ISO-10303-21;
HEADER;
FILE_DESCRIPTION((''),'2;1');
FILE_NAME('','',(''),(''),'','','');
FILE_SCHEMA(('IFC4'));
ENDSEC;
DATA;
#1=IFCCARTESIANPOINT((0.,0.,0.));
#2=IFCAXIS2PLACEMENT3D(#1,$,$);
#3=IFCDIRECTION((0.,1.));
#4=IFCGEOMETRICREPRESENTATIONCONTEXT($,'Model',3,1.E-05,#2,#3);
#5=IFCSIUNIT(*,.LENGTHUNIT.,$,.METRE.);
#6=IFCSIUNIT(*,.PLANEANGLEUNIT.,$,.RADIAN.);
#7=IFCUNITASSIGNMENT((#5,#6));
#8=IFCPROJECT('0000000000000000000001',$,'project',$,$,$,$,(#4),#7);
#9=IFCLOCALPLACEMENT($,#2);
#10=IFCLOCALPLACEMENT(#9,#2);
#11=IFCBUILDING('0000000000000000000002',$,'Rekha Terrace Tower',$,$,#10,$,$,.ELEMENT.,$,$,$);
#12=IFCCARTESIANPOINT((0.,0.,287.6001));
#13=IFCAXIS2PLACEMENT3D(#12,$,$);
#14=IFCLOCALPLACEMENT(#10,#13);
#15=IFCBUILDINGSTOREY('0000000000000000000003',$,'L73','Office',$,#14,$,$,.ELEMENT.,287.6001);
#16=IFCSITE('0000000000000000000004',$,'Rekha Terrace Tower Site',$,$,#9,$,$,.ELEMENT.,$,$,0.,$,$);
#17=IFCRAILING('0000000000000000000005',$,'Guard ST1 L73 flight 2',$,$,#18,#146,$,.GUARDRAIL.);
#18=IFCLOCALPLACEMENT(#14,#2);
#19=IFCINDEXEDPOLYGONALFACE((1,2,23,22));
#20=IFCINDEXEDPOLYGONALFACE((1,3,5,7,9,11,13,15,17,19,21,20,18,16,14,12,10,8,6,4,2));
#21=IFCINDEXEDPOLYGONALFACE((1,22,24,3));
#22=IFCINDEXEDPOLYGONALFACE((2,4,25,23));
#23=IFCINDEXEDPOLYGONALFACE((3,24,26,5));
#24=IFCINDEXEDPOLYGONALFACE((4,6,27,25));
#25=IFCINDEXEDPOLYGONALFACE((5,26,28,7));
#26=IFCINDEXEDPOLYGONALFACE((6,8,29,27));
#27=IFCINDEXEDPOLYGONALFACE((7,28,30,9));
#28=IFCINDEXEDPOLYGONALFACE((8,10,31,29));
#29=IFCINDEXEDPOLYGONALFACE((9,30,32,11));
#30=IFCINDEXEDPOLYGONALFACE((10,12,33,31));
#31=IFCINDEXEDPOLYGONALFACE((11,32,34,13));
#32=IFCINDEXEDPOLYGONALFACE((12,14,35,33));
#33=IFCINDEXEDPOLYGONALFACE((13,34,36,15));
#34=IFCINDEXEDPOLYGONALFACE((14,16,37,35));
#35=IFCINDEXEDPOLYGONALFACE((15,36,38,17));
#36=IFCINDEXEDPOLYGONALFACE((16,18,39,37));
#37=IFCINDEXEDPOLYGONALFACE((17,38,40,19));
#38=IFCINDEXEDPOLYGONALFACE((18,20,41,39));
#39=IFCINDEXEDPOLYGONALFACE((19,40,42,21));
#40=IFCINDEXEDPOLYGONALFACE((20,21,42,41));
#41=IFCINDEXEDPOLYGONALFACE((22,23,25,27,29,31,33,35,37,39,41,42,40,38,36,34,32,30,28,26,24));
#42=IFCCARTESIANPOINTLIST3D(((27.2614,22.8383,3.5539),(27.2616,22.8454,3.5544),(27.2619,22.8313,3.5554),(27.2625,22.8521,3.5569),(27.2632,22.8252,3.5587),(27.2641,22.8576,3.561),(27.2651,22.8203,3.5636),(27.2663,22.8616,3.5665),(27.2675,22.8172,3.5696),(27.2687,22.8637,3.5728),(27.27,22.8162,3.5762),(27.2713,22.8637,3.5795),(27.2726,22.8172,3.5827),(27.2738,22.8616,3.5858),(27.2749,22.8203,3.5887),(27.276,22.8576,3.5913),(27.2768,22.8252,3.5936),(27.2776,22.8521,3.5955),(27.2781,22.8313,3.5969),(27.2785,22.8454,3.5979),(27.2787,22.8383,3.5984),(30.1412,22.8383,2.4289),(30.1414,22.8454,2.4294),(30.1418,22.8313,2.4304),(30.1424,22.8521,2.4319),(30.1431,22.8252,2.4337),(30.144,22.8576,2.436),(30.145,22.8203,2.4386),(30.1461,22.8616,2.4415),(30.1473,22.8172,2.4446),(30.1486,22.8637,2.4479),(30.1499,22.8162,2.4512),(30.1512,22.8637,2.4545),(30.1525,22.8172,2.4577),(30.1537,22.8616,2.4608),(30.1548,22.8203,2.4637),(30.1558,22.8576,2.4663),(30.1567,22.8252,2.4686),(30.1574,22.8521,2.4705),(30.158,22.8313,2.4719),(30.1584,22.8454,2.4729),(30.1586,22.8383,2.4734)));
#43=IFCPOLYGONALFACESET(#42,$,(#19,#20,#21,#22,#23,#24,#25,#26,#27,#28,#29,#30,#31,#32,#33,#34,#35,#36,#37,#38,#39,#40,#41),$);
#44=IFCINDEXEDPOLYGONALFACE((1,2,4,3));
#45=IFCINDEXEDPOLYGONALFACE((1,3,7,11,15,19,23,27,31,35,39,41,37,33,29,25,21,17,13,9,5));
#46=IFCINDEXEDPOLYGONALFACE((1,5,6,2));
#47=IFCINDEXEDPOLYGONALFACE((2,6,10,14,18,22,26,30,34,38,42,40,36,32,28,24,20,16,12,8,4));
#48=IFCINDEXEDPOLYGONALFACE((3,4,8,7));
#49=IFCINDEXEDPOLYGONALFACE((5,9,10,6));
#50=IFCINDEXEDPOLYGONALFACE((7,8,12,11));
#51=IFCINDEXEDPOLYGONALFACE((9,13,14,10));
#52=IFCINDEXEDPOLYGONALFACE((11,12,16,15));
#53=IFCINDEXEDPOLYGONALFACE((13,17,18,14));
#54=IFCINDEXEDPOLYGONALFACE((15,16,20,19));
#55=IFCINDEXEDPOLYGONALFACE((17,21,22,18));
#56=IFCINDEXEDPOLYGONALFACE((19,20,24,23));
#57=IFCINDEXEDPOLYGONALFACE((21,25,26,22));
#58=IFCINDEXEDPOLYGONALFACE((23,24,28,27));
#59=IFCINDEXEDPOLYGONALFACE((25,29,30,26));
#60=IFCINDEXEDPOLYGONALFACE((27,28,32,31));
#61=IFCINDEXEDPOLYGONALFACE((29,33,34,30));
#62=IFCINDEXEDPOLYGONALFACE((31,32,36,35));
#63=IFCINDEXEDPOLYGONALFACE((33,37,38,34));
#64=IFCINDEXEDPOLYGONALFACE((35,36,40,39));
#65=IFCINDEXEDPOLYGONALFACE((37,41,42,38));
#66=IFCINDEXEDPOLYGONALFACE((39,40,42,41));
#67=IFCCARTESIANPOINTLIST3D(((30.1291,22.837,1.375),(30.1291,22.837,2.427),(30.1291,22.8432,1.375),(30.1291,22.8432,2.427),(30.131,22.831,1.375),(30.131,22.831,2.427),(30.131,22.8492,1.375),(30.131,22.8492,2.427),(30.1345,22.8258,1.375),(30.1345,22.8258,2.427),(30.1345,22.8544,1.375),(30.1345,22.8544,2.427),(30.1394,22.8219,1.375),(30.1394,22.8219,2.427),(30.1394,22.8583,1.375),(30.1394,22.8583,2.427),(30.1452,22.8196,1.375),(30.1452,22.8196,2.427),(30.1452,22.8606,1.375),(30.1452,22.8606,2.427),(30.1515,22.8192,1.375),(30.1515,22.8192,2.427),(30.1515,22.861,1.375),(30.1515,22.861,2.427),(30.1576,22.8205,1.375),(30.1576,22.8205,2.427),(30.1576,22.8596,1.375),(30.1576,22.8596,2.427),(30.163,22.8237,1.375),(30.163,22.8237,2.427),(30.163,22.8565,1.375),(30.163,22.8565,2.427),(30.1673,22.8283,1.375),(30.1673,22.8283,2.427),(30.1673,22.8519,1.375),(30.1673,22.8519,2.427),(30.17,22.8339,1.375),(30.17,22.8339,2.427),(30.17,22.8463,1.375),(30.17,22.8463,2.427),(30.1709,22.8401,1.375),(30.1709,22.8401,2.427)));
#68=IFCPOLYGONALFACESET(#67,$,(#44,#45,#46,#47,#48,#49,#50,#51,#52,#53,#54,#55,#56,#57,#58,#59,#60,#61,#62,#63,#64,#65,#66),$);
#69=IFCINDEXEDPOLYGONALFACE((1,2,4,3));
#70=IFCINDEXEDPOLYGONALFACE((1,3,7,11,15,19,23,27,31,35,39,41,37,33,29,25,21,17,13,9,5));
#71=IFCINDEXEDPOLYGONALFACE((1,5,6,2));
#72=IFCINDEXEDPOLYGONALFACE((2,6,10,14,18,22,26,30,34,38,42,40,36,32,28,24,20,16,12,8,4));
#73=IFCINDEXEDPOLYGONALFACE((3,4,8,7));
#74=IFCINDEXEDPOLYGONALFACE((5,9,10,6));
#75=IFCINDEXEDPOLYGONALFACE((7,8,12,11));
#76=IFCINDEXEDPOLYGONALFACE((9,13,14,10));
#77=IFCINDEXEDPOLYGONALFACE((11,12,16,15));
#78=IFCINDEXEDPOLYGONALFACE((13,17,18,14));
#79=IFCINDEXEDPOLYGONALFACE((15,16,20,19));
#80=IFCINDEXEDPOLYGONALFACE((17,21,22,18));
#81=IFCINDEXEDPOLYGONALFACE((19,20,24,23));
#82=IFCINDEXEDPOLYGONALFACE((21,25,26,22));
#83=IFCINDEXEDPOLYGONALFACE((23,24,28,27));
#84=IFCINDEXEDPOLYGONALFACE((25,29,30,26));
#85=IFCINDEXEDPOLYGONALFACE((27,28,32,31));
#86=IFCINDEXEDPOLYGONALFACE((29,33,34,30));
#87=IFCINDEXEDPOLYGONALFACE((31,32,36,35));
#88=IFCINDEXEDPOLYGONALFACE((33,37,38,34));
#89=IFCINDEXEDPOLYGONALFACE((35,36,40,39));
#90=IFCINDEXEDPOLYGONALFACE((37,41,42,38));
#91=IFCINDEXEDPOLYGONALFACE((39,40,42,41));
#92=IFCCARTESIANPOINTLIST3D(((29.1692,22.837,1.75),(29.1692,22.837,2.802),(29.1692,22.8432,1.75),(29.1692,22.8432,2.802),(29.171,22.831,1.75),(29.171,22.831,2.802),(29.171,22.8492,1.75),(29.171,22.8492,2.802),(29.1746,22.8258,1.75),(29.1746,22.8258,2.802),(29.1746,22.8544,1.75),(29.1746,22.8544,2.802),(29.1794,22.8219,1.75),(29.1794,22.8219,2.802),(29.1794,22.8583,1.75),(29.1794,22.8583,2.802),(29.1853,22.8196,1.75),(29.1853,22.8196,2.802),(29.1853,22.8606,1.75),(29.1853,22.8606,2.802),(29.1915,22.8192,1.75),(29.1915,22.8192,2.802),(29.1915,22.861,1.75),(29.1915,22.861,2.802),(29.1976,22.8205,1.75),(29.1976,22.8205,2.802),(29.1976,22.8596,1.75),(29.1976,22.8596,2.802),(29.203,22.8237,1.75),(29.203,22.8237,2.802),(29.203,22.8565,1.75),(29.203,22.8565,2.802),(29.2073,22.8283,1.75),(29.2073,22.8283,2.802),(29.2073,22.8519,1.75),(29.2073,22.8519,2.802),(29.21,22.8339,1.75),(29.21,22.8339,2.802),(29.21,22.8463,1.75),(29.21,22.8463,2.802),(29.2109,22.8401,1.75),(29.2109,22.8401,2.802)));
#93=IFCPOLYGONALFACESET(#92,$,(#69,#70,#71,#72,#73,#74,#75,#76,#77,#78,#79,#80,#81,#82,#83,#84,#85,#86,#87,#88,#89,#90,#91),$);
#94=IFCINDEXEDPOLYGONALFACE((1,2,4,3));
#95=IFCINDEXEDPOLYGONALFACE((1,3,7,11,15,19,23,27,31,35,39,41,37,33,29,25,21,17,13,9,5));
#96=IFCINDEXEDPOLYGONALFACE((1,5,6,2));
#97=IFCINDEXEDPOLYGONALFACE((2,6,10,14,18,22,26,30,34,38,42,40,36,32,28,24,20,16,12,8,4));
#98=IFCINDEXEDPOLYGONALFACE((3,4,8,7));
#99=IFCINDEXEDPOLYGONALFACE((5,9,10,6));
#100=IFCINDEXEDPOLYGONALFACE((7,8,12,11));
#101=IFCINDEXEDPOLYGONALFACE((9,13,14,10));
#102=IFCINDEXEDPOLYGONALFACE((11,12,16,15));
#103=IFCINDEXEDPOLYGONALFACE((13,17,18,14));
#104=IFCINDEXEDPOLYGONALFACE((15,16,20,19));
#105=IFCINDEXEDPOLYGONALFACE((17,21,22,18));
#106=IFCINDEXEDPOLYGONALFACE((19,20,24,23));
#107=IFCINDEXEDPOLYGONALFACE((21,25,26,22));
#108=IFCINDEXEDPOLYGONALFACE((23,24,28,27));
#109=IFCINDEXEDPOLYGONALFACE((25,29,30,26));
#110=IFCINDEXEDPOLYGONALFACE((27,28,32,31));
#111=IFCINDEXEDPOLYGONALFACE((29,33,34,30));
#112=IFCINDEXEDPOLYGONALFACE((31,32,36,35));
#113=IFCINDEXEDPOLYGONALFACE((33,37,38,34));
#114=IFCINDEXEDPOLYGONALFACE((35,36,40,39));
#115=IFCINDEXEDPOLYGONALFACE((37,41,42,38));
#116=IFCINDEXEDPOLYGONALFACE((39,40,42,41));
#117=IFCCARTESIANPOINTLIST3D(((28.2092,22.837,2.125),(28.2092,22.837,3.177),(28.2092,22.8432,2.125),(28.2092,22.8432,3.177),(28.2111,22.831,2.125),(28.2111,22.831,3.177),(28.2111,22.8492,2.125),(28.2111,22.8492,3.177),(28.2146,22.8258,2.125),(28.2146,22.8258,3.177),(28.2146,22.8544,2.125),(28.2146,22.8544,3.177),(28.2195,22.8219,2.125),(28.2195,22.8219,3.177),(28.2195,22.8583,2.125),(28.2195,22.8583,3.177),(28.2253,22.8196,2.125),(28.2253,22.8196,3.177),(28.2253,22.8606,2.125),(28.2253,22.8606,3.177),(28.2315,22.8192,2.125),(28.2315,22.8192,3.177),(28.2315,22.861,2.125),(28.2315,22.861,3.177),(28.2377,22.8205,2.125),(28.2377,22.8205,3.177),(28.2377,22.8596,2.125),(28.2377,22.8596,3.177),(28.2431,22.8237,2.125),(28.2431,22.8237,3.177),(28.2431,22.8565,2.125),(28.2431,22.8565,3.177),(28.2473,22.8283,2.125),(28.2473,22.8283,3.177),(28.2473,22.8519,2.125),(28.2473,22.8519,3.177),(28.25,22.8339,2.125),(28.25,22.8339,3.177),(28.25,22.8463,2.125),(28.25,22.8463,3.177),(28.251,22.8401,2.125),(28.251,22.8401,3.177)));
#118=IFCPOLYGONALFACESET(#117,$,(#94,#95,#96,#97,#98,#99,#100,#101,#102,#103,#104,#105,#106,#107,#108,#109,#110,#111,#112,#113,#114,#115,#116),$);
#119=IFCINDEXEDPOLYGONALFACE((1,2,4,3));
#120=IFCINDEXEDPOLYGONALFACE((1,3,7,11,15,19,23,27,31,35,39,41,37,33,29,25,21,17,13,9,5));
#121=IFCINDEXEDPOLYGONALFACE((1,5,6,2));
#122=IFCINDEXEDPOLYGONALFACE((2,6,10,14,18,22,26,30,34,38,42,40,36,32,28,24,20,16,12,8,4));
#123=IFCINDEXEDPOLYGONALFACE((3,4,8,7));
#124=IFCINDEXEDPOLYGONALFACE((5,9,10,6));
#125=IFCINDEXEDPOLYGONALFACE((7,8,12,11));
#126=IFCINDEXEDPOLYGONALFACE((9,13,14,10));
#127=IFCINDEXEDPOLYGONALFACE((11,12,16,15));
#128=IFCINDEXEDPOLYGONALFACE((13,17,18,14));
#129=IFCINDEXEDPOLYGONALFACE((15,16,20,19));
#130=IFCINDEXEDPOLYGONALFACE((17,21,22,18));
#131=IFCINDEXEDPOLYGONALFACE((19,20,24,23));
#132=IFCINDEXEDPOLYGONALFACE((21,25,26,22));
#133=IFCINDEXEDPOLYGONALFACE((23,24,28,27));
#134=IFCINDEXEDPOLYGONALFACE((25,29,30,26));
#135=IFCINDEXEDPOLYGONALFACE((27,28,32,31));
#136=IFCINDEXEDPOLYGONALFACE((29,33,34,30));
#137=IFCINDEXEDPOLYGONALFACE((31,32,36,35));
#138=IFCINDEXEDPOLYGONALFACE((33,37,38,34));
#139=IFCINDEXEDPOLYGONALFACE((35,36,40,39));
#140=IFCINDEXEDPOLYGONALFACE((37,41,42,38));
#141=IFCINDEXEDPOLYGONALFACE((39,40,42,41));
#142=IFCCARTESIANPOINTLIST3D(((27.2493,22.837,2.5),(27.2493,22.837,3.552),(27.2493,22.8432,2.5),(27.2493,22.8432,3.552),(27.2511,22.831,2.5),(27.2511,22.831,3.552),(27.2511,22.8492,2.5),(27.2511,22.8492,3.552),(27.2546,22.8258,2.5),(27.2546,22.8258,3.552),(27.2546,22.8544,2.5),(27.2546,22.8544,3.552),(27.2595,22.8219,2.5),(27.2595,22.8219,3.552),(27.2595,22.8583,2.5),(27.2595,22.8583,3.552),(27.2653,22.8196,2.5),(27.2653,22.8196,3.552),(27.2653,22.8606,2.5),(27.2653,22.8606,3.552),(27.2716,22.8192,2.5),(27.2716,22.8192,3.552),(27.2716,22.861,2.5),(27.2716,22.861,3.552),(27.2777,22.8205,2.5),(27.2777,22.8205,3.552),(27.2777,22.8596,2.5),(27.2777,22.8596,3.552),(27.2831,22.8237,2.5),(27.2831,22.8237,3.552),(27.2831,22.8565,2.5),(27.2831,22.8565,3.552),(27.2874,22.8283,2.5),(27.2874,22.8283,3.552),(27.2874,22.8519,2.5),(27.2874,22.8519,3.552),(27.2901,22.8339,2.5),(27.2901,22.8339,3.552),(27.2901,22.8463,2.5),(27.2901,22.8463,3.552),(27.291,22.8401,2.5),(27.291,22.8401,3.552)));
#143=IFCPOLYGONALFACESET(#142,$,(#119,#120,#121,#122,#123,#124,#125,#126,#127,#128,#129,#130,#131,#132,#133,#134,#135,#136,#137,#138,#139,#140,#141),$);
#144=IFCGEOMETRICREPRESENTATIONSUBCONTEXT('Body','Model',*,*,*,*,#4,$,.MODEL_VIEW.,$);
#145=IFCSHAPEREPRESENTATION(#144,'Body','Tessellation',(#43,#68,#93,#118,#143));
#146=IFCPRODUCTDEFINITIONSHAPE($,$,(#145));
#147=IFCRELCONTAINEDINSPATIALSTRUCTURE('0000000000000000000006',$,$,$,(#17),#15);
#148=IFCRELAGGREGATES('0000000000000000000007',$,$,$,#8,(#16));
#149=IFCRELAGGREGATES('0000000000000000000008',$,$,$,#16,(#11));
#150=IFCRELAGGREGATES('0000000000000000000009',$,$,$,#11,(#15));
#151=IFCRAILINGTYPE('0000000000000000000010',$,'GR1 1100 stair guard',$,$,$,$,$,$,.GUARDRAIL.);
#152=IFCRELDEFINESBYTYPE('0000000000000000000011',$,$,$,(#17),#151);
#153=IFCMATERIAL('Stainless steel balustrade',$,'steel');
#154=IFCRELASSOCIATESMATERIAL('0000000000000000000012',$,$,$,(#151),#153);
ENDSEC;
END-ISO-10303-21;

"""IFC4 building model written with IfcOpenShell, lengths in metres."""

from ifc_helpers import new_model, si_unit, direction, frame, origin, origin_2d, place, context, subcontext, project, spatial, circle, extrude, material, type_object, element, save


model = new_model("IFC4")

# Units and contexts
model_context = context("Model", 3, precision=1e-05, world=origin(), true_north=direction((0.0, 1.0)))
body_context = subcontext(model_context, "Body", "Model", "MODEL_VIEW")
ifc_project = project(units=[si_unit("LENGTHUNIT", "METRE"), si_unit("PLANEANGLEUNIT", "RADIAN")], contexts=[model_context])

# Site, building, storey
site_placement = place(None, origin())
site = spatial("IfcSite", under=ifc_project, at=site_placement, Name="Rekha Terrace Tower Site", CompositionType="ELEMENT", RefElevation=0.0)
building_placement = place(site_placement, origin())
building = spatial("IfcBuilding", under=site, at=building_placement, Name="Rekha Terrace Tower", CompositionType="ELEMENT")
storey_placement = place(building_placement, frame((0.0, 0.0, 287.6001)))
storey = spatial("IfcBuildingStorey", under=building, at=storey_placement, Name="L73", Description="Office", CompositionType="ELEMENT", Elevation=287.6001)

# Railing
ifc_material_1 = material(Name="Stainless steel balustrade", Category="steel")
railing_type_1 = type_object("IfcRailingType", Name="GR1 1100 stair guard", PredefinedType="GUARDRAIL", material=ifc_material_1)
railing_1_placement = place(storey_placement, frame((30.1499, 22.8401, 1.375)))
element("IfcRailing", 1, at=railing_1_placement, inside=storey, type_object=railing_type_1, Name="Guard ST1 L73 flight 2", PredefinedType="GUARDRAIL", context=body_context, shape_type="SweptSolid", body=[
    extrude(circle(Radius=0.0239, at=origin_2d()), frame((0.0, 0.0, 1.0762), z_axis=(-0.931452, 0.0, 0.363863), x_axis=(0.0, -1.0, 0.0)), (0.0, 0.0, 1.0), 3.0918),
    extrude(circle(Radius=0.021, at=origin_2d()), origin(), (0.0, 0.0, 1.0), 1.052),
    extrude(circle(Radius=0.021, at=origin_2d()), frame((-0.96, 0.0, 0.375)), (0.0, 0.0, 1.0), 1.052),
    extrude(circle(Radius=0.021, at=origin_2d()), frame((-1.9199, 0.0, 0.75)), (0.0, 0.0, 1.0), 1.052),
    extrude(circle(Radius=0.021, at=origin_2d()), frame((-2.8799, 0.0, 1.125)), (0.0, 0.0, 1.0), 1.052),
])

save(model, "model.ifc")
